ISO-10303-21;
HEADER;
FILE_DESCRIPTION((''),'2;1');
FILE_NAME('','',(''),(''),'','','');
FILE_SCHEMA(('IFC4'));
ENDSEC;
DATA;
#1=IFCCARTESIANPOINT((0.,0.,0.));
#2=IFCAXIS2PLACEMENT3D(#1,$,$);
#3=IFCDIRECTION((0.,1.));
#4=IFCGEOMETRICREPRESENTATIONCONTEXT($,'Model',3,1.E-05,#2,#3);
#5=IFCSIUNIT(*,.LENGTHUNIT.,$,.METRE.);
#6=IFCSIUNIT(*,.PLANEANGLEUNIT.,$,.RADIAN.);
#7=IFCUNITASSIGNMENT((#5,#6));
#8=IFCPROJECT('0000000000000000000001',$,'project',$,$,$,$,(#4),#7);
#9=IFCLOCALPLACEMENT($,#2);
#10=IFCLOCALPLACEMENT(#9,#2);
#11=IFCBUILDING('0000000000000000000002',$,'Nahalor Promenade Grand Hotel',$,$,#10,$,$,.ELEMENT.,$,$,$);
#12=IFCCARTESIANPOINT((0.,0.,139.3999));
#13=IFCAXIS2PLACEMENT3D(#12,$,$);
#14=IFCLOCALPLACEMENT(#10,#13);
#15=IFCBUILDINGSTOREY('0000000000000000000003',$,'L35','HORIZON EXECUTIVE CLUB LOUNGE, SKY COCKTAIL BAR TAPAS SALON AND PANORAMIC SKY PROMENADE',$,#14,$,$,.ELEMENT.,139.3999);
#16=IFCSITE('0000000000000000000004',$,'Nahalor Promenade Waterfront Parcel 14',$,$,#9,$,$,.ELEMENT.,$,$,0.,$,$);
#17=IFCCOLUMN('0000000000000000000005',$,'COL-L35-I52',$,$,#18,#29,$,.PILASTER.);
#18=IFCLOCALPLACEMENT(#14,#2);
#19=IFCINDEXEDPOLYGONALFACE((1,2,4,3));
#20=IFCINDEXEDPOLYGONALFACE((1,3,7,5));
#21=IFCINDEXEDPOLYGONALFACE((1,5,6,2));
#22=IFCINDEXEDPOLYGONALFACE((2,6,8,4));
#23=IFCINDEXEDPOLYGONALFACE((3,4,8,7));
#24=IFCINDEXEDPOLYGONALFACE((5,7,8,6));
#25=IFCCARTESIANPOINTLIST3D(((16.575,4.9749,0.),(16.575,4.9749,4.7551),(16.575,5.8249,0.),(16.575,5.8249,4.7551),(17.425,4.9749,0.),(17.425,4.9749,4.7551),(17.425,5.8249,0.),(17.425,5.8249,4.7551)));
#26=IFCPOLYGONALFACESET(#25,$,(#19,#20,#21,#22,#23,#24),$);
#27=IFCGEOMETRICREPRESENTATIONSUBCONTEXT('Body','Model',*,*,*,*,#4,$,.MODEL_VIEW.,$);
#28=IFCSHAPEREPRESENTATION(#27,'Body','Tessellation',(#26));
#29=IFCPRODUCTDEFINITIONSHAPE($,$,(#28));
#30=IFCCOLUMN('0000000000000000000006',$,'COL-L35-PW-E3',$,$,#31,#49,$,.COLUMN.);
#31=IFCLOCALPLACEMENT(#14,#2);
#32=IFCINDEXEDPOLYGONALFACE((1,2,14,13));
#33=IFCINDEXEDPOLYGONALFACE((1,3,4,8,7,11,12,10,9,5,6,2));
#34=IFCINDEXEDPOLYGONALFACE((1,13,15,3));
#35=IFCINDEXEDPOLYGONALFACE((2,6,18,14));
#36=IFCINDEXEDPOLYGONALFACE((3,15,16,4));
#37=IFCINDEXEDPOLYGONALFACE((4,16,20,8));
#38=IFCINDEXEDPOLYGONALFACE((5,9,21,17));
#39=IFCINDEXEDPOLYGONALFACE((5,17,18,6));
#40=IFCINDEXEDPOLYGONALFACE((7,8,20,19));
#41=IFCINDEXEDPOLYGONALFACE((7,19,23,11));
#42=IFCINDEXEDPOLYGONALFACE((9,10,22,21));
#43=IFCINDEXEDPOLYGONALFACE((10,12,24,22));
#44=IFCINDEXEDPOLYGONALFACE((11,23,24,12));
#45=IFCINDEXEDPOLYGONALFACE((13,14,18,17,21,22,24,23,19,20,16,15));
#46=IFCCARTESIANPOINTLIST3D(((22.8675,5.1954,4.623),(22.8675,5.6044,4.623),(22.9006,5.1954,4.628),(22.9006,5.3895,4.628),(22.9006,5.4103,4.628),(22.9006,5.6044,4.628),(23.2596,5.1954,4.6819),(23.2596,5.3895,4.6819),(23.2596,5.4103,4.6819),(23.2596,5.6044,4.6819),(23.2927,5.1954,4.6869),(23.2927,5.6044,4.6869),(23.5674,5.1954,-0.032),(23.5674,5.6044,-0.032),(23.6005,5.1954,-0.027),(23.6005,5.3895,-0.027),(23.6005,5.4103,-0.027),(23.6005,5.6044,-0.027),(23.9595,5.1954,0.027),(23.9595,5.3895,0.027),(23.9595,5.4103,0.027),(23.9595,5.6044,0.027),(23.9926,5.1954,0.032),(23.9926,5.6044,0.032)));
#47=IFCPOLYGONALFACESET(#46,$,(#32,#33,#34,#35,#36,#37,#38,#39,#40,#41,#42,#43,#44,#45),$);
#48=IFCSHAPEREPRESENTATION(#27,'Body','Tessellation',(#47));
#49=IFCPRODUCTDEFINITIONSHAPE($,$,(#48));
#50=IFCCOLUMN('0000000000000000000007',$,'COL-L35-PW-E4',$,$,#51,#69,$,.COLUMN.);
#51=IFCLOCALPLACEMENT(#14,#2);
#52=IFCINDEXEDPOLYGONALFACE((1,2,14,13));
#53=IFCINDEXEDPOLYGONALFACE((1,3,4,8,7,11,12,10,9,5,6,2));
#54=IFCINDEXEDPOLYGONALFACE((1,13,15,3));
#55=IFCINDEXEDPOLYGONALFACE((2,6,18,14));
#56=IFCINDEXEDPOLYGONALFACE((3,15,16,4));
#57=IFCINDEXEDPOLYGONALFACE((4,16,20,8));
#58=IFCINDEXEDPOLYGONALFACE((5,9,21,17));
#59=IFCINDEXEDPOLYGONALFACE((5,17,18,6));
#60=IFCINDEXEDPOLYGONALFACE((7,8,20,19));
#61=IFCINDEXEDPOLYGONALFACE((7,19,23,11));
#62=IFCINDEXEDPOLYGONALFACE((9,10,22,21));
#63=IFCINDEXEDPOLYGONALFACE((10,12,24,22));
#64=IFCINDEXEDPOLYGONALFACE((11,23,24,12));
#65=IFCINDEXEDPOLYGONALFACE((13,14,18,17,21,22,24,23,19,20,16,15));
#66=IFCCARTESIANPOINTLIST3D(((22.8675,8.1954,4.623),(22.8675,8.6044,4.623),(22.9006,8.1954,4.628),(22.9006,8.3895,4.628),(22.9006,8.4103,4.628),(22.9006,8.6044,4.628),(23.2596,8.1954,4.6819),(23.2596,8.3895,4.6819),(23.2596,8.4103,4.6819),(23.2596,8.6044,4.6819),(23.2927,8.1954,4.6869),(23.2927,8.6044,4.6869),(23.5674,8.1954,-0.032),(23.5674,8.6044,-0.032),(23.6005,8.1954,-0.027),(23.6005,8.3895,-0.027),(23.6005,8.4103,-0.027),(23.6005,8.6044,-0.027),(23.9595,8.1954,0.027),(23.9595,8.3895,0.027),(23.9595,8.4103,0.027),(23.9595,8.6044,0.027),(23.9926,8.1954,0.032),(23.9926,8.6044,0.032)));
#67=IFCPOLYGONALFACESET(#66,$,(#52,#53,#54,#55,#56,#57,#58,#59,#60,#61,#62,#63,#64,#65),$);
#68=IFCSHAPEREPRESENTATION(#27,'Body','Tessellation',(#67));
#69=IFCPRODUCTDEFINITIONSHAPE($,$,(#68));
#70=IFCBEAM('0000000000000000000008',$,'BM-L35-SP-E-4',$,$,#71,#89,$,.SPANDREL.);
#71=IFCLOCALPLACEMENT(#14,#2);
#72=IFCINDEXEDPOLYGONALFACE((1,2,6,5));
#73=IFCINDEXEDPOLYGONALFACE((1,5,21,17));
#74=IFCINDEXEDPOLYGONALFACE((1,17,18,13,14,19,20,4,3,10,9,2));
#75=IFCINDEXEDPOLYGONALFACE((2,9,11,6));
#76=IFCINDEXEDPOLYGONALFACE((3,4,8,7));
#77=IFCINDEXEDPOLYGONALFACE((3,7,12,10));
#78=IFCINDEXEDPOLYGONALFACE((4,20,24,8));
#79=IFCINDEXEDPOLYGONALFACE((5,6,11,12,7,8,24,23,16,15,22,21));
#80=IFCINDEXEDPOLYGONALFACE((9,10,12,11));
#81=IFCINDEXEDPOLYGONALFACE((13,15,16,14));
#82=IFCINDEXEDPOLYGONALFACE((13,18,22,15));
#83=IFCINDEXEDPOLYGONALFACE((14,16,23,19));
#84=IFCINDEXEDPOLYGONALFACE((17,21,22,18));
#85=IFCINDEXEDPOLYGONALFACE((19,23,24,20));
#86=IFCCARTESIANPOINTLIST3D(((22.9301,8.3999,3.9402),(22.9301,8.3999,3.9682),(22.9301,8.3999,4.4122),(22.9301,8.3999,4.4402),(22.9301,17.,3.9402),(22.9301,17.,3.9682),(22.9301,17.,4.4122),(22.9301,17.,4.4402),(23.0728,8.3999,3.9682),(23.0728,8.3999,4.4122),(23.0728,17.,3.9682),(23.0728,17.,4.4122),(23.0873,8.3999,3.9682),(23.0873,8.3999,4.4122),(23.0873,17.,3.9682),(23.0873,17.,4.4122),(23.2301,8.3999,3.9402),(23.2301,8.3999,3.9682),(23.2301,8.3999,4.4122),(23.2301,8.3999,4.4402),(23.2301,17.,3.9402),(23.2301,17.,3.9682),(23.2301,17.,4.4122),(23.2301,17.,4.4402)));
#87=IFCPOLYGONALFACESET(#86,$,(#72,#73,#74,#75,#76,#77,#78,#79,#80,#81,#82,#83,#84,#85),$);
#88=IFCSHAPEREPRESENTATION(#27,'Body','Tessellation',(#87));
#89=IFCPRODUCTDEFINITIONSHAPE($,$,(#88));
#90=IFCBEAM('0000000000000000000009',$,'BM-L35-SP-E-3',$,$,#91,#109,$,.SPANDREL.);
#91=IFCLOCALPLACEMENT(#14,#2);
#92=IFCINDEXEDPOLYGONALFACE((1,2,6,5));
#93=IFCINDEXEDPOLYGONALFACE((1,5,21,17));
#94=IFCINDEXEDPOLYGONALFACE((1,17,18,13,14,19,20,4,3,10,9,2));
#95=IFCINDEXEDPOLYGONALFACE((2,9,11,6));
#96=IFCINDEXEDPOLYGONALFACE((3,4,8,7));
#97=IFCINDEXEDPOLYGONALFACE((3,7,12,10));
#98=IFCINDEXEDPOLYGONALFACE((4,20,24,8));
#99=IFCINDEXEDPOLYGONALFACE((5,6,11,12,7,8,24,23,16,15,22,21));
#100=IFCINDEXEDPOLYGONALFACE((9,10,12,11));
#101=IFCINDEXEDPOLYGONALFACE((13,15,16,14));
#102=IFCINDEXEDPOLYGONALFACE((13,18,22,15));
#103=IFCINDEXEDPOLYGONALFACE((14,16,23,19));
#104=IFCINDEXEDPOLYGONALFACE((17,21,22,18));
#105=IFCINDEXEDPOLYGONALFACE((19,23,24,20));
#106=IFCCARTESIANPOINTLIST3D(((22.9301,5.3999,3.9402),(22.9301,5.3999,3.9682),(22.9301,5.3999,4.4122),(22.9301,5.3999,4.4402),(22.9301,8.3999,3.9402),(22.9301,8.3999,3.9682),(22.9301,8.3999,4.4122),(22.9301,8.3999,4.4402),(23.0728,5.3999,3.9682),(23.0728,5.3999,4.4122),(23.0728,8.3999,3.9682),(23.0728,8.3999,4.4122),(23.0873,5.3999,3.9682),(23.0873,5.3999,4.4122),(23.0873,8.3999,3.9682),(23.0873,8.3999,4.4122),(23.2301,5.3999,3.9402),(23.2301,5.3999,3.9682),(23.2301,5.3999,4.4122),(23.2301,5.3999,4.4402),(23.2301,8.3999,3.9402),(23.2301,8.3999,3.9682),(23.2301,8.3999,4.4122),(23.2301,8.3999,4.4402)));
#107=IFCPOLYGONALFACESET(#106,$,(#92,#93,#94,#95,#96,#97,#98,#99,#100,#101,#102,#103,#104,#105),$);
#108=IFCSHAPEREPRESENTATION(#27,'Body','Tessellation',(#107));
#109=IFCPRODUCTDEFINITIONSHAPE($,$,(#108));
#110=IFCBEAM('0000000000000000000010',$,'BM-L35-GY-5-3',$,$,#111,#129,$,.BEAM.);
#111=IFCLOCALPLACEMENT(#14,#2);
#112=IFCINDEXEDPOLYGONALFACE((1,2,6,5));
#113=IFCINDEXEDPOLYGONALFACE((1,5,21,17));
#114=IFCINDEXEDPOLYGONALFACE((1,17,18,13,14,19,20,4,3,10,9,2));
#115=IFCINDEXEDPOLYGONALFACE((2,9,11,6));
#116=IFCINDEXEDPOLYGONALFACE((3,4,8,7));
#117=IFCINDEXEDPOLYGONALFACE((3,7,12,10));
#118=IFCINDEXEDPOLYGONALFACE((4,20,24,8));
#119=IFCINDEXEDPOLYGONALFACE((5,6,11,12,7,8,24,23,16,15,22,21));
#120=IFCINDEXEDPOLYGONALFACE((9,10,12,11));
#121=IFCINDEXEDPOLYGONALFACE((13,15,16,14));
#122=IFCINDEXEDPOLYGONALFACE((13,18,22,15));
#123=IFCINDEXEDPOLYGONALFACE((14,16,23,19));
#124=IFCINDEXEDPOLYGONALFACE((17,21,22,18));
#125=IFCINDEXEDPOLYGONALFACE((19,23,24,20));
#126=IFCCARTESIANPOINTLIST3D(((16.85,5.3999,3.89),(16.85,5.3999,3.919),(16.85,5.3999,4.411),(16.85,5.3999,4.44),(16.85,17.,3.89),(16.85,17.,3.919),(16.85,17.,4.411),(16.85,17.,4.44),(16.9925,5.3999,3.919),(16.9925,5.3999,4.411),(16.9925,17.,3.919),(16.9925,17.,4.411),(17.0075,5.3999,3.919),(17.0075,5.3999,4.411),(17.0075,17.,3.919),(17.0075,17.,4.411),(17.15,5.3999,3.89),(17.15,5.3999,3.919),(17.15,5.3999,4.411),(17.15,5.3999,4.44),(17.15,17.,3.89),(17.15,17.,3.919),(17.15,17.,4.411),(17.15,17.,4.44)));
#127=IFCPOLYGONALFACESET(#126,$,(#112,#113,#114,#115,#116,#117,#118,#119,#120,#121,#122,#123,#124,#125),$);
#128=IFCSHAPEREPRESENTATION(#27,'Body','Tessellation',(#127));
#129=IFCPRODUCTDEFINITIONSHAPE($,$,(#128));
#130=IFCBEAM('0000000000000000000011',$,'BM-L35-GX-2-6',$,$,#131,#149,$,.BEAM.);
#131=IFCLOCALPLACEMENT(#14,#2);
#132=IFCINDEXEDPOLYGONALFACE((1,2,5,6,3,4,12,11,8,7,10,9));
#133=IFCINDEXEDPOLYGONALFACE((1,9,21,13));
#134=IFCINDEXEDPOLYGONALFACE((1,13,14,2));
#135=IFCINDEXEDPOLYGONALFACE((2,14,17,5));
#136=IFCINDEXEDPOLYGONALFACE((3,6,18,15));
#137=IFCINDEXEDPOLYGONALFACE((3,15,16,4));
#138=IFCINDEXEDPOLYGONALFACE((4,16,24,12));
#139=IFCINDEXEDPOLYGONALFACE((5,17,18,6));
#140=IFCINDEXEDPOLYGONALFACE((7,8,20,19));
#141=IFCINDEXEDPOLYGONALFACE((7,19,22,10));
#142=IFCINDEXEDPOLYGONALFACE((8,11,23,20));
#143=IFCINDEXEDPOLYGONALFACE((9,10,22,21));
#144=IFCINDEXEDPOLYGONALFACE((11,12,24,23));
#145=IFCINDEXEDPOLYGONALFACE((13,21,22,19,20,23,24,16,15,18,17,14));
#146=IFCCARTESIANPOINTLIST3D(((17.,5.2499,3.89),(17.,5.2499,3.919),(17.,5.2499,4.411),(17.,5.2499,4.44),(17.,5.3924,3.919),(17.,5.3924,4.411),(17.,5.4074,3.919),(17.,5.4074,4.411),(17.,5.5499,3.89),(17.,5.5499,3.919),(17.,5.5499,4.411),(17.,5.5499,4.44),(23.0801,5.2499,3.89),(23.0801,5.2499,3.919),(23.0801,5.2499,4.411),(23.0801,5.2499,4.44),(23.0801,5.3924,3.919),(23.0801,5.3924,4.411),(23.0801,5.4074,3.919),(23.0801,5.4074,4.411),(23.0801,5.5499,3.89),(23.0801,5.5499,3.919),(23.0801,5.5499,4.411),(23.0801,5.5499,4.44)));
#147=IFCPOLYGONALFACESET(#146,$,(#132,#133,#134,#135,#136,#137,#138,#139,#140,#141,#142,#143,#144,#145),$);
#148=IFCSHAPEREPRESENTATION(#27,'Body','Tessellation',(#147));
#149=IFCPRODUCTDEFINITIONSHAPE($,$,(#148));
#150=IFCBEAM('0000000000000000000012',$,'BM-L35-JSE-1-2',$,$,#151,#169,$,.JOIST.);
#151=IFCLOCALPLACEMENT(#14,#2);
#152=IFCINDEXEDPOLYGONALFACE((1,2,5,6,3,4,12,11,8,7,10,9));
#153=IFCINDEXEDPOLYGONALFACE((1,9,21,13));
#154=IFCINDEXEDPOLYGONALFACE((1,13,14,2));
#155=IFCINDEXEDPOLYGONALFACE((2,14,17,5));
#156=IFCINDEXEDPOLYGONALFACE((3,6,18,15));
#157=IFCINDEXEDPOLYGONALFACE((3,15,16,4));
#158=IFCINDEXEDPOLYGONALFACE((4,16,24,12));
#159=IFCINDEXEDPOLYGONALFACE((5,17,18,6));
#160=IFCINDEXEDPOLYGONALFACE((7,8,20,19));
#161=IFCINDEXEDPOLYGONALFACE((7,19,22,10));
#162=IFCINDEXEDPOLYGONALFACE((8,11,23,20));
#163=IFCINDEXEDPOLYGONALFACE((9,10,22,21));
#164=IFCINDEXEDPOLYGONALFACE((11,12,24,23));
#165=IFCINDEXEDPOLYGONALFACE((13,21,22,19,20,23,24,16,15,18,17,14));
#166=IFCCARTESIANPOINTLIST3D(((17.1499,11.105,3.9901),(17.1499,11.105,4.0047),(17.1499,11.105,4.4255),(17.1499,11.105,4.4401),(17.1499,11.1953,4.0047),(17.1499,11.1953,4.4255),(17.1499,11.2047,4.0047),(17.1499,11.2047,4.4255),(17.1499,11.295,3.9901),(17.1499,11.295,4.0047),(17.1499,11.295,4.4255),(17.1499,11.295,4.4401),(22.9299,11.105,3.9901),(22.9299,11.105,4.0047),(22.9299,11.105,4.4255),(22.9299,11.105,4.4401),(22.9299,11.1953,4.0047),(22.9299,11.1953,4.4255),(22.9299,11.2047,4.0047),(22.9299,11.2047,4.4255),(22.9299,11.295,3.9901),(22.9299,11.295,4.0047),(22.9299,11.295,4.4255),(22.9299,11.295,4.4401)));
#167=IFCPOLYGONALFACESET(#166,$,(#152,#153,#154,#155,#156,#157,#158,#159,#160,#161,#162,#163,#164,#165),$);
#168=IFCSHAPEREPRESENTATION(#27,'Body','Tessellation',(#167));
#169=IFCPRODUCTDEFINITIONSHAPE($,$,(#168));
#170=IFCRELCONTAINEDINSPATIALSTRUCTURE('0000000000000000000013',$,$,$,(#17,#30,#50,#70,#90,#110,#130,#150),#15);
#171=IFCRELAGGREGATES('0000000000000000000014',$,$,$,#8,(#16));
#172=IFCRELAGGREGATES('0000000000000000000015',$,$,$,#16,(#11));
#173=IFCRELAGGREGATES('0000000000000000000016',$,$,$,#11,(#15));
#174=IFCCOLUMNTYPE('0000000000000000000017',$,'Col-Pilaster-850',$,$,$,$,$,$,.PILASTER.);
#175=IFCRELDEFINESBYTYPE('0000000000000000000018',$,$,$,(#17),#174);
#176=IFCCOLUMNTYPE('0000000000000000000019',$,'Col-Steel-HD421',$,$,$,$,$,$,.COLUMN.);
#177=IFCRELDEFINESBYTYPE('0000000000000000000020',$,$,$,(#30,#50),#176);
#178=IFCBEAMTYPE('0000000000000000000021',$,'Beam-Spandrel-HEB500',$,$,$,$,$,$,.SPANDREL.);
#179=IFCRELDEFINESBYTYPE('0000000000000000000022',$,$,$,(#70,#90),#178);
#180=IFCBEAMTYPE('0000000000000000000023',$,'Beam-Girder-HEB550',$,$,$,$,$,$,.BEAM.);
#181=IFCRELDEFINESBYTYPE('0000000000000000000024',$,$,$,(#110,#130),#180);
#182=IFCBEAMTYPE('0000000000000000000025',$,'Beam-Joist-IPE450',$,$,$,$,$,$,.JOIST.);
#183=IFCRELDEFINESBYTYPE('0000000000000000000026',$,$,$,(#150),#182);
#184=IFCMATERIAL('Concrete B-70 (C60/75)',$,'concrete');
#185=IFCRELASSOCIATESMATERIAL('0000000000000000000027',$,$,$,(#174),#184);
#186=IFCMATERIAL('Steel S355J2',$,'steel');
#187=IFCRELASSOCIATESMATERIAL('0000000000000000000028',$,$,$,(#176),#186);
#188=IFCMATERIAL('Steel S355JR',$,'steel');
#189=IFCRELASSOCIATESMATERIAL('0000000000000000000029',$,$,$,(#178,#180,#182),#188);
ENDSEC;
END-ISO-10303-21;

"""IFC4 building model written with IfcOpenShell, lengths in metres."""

from ifc_helpers import new_model, si_unit, direction, frame, origin, origin_2d, place, context, subcontext, project, spatial, rectangle, i_section, extrude, source, transform, mapped, material, material_profile, profile_set, type_object, element, save


model = new_model("IFC4")

# Units and contexts
model_context = context("Model", 3, precision=1e-05, world=origin(), true_north=direction((0.0, 1.0)))
body_context = subcontext(model_context, "Body", "Model", "MODEL_VIEW")
ifc_project = project(units=[si_unit("LENGTHUNIT", "METRE"), si_unit("PLANEANGLEUNIT", "RADIAN")], contexts=[model_context])

# Site, building, storey
site_placement = place(None, origin())
site = spatial("IfcSite", under=ifc_project, at=site_placement, Name="Nahalor Promenade Waterfront Parcel 14", CompositionType="ELEMENT", RefElevation=0.0)
building_placement = place(site_placement, origin())
building = spatial("IfcBuilding", under=site, at=building_placement, Name="Nahalor Promenade Grand Hotel", CompositionType="ELEMENT")
storey_placement = place(building_placement, frame((0.0, 0.0, 139.3999)))
storey = spatial("IfcBuildingStorey", under=building, at=storey_placement, Name="L35", Description="HORIZON EXECUTIVE CLUB LOUNGE, SKY COCKTAIL BAR TAPAS SALON AND PANORAMIC SKY PROMENADE", CompositionType="ELEMENT", Elevation=139.3999)

# Columns
ifc_material_1 = material(Name="Concrete B-70 (C60/75)", Category="concrete")
ifc_material_profile_1 = material_profile(ifc_material_1, rectangle(XDim=0.85, YDim=0.85, at=origin_2d()), Name="RC 850x850")
ifc_profile_set_1 = profile_set([ifc_material_profile_1], Name="Concrete B-70 (C60/75)")
column_type_1 = type_object("IfcColumnType", Name="Col-Pilaster-850", PredefinedType="PILASTER", material=ifc_profile_set_1)
shared_shape_1 = source(origin(), body_context, "Body", "SweptSolid", [
    extrude(rectangle(XDim=0.85, YDim=0.85, at=origin_2d()), origin(), (0.0, 0.0, 1.0), 4.7551),
])
column_placement = place(storey_placement, frame((17.0, 5.3999, 0.0), z_axis=(0.0, 0.0, 1.0), x_axis=(1.0, 0.0, 0.0)))
element("IfcColumn", 1, at=column_placement, inside=storey, type_object=column_type_1, Name="COL-L35-I52", PredefinedType="PILASTER", context=body_context, shape_type="MappedRepresentation", body=[
    mapped(shared_shape_1, transform((0.0, 0.0, 0.0), scale=1.0)),
])
ifc_material_2 = material(Name="Steel S355J2", Category="steel")
ifc_material_profile_2 = material_profile(ifc_material_2, i_section(OverallWidth=0.409, OverallDepth=0.43, WebThickness=0.0208, FlangeThickness=0.0335, at=origin_2d()), Name="HD 400x421")
ifc_profile_set_2 = profile_set([ifc_material_profile_2], Name="Steel S355J2")
column_type_2 = type_object("IfcColumnType", Name="Col-Steel-HD421", PredefinedType="COLUMN", material=ifc_profile_set_2)
shared_shape_2 = source(origin(), body_context, "Body", "SweptSolid", [
    extrude(i_section(OverallWidth=0.409, OverallDepth=0.43, WebThickness=0.0208, FlangeThickness=0.0335, at=origin_2d()), origin(), (0.0, 0.0, 1.0), 4.7073),
])
for number, where, z_axis, x_axis, name in (
    (2, (23.78, 5.3999, 0.0), (-0.148693, 0.0, 0.988883), (0.0, -1.0, 0.0), "COL-L35-PW-E3"),
    (3, (23.78, 8.3999, 0.0), (-0.148693, 0.0, 0.988883), (0.0, -1.0, 0.0), "COL-L35-PW-E4"),
):
    element("IfcColumn", number, at=place(storey_placement, frame(where, z_axis=z_axis, x_axis=x_axis)), inside=storey, type_object=column_type_2, Name=name, PredefinedType="COLUMN", context=body_context, shape_type="MappedRepresentation", body=[
        mapped(shared_shape_2, transform((0.0, 0.0, 0.0), scale=1.0)),
    ])

# Beams
ifc_material_3 = material(Name="Steel S355JR", Category="steel")
ifc_material_profile_3 = material_profile(ifc_material_3, i_section(OverallWidth=0.3, OverallDepth=0.5, WebThickness=0.0145, FlangeThickness=0.028, at=origin_2d()), Name="HEB 500")
ifc_profile_set_3 = profile_set([ifc_material_profile_3], Name="Steel S355JR")
beam_type_1 = type_object("IfcBeamType", Name="Beam-Spandrel-HEB500", PredefinedType="SPANDREL", material=ifc_profile_set_3)
shared_shape_3 = source(origin(), body_context, "Body", "SweptSolid", [
    extrude(i_section(OverallWidth=0.3, OverallDepth=0.5, WebThickness=0.0145, FlangeThickness=0.028, at=origin_2d()), origin(), (0.0, 0.0, 1.0), 8.6001),
])
beam_1_placement = place(storey_placement, frame((23.0801, 8.3999, 4.1902), z_axis=(0.0, 1.0, 0.0), x_axis=(-1.0, 0.0, 0.0)))
element("IfcBeam", 4, at=beam_1_placement, inside=storey, type_object=beam_type_1, Name="BM-L35-SP-E-4", PredefinedType="SPANDREL", context=body_context, shape_type="MappedRepresentation", body=[
    mapped(shared_shape_3, transform((0.0, 0.0, 0.0), scale=1.0)),
])
shared_shape_4 = source(origin(), body_context, "Body", "SweptSolid", [
    extrude(i_section(OverallWidth=0.3, OverallDepth=0.5, WebThickness=0.0145, FlangeThickness=0.028, at=origin_2d()), origin(), (0.0, 0.0, 1.0), 3.0),
])
beam_2_placement = place(storey_placement, frame((23.0801, 5.3999, 4.1902), z_axis=(0.0, 1.0, 0.0), x_axis=(-1.0, 0.0, 0.0)))
element("IfcBeam", 5, at=beam_2_placement, inside=storey, type_object=beam_type_1, Name="BM-L35-SP-E-3", PredefinedType="SPANDREL", context=body_context, shape_type="MappedRepresentation", body=[
    mapped(shared_shape_4, transform((0.0, 0.0, 0.0), scale=1.0)),
])
ifc_material_profile_4 = material_profile(ifc_material_3, i_section(OverallWidth=0.3, OverallDepth=0.55, WebThickness=0.015, FlangeThickness=0.029, at=origin_2d()), Name="HEB 550")
ifc_profile_set_4 = profile_set([ifc_material_profile_4], Name="Steel S355JR")
beam_type_2 = type_object("IfcBeamType", Name="Beam-Girder-HEB550", PredefinedType="BEAM", material=ifc_profile_set_4)
shared_shape_5 = source(origin(), body_context, "Body", "SweptSolid", [
    extrude(i_section(OverallWidth=0.3, OverallDepth=0.55, WebThickness=0.015, FlangeThickness=0.029, at=origin_2d()), origin(), (0.0, 0.0, 1.0), 11.6001),
])
beam_3_placement = place(storey_placement, frame((17.0, 5.3999, 4.165), z_axis=(0.0, 1.0, 0.0), x_axis=(-1.0, 0.0, 0.0)))
element("IfcBeam", 6, at=beam_3_placement, inside=storey, type_object=beam_type_2, Name="BM-L35-GY-5-3", PredefinedType="BEAM", context=body_context, shape_type="MappedRepresentation", body=[
    mapped(shared_shape_5, transform((0.0, 0.0, 0.0), scale=1.0)),
])
shared_shape_6 = source(origin(), body_context, "Body", "SweptSolid", [
    extrude(i_section(OverallWidth=0.3, OverallDepth=0.55, WebThickness=0.015, FlangeThickness=0.029, at=origin_2d()), origin(), (0.0, 0.0, 1.0), 6.0801),
])
beam_4_placement = place(storey_placement, frame((17.0, 5.3999, 4.165), z_axis=(1.0, 0.0, 0.0), x_axis=(0.0, 1.0, 0.0)))
element("IfcBeam", 7, at=beam_4_placement, inside=storey, type_object=beam_type_2, Name="BM-L35-GX-2-6", PredefinedType="BEAM", context=body_context, shape_type="MappedRepresentation", body=[
    mapped(shared_shape_6, transform((0.0, 0.0, 0.0), scale=1.0)),
])
ifc_material_profile_5 = material_profile(ifc_material_3, i_section(OverallWidth=0.19, OverallDepth=0.45, WebThickness=0.0094, FlangeThickness=0.0146, at=origin_2d()), Name="IPE 450")
ifc_profile_set_5 = profile_set([ifc_material_profile_5], Name="Steel S355JR")
beam_type_3 = type_object("IfcBeamType", Name="Beam-Joist-IPE450", PredefinedType="JOIST", material=ifc_profile_set_5)
shared_shape_7 = source(origin(), body_context, "Body", "SweptSolid", [
    extrude(i_section(OverallWidth=0.19, OverallDepth=0.45, WebThickness=0.0094, FlangeThickness=0.0146, at=origin_2d()), origin(), (0.0, 0.0, 1.0), 5.78),
])
beam_5_placement = place(storey_placement, frame((17.1499, 11.2, 4.2151), z_axis=(1.0, 0.0, 0.0), x_axis=(0.0, 1.0, 0.0)))
element("IfcBeam", 8, at=beam_5_placement, inside=storey, type_object=beam_type_3, Name="BM-L35-JSE-1-2", PredefinedType="JOIST", context=body_context, shape_type="MappedRepresentation", body=[
    mapped(shared_shape_7, transform((0.0, 0.0, 0.0), scale=1.0)),
])

save(model, "model.ifc")
